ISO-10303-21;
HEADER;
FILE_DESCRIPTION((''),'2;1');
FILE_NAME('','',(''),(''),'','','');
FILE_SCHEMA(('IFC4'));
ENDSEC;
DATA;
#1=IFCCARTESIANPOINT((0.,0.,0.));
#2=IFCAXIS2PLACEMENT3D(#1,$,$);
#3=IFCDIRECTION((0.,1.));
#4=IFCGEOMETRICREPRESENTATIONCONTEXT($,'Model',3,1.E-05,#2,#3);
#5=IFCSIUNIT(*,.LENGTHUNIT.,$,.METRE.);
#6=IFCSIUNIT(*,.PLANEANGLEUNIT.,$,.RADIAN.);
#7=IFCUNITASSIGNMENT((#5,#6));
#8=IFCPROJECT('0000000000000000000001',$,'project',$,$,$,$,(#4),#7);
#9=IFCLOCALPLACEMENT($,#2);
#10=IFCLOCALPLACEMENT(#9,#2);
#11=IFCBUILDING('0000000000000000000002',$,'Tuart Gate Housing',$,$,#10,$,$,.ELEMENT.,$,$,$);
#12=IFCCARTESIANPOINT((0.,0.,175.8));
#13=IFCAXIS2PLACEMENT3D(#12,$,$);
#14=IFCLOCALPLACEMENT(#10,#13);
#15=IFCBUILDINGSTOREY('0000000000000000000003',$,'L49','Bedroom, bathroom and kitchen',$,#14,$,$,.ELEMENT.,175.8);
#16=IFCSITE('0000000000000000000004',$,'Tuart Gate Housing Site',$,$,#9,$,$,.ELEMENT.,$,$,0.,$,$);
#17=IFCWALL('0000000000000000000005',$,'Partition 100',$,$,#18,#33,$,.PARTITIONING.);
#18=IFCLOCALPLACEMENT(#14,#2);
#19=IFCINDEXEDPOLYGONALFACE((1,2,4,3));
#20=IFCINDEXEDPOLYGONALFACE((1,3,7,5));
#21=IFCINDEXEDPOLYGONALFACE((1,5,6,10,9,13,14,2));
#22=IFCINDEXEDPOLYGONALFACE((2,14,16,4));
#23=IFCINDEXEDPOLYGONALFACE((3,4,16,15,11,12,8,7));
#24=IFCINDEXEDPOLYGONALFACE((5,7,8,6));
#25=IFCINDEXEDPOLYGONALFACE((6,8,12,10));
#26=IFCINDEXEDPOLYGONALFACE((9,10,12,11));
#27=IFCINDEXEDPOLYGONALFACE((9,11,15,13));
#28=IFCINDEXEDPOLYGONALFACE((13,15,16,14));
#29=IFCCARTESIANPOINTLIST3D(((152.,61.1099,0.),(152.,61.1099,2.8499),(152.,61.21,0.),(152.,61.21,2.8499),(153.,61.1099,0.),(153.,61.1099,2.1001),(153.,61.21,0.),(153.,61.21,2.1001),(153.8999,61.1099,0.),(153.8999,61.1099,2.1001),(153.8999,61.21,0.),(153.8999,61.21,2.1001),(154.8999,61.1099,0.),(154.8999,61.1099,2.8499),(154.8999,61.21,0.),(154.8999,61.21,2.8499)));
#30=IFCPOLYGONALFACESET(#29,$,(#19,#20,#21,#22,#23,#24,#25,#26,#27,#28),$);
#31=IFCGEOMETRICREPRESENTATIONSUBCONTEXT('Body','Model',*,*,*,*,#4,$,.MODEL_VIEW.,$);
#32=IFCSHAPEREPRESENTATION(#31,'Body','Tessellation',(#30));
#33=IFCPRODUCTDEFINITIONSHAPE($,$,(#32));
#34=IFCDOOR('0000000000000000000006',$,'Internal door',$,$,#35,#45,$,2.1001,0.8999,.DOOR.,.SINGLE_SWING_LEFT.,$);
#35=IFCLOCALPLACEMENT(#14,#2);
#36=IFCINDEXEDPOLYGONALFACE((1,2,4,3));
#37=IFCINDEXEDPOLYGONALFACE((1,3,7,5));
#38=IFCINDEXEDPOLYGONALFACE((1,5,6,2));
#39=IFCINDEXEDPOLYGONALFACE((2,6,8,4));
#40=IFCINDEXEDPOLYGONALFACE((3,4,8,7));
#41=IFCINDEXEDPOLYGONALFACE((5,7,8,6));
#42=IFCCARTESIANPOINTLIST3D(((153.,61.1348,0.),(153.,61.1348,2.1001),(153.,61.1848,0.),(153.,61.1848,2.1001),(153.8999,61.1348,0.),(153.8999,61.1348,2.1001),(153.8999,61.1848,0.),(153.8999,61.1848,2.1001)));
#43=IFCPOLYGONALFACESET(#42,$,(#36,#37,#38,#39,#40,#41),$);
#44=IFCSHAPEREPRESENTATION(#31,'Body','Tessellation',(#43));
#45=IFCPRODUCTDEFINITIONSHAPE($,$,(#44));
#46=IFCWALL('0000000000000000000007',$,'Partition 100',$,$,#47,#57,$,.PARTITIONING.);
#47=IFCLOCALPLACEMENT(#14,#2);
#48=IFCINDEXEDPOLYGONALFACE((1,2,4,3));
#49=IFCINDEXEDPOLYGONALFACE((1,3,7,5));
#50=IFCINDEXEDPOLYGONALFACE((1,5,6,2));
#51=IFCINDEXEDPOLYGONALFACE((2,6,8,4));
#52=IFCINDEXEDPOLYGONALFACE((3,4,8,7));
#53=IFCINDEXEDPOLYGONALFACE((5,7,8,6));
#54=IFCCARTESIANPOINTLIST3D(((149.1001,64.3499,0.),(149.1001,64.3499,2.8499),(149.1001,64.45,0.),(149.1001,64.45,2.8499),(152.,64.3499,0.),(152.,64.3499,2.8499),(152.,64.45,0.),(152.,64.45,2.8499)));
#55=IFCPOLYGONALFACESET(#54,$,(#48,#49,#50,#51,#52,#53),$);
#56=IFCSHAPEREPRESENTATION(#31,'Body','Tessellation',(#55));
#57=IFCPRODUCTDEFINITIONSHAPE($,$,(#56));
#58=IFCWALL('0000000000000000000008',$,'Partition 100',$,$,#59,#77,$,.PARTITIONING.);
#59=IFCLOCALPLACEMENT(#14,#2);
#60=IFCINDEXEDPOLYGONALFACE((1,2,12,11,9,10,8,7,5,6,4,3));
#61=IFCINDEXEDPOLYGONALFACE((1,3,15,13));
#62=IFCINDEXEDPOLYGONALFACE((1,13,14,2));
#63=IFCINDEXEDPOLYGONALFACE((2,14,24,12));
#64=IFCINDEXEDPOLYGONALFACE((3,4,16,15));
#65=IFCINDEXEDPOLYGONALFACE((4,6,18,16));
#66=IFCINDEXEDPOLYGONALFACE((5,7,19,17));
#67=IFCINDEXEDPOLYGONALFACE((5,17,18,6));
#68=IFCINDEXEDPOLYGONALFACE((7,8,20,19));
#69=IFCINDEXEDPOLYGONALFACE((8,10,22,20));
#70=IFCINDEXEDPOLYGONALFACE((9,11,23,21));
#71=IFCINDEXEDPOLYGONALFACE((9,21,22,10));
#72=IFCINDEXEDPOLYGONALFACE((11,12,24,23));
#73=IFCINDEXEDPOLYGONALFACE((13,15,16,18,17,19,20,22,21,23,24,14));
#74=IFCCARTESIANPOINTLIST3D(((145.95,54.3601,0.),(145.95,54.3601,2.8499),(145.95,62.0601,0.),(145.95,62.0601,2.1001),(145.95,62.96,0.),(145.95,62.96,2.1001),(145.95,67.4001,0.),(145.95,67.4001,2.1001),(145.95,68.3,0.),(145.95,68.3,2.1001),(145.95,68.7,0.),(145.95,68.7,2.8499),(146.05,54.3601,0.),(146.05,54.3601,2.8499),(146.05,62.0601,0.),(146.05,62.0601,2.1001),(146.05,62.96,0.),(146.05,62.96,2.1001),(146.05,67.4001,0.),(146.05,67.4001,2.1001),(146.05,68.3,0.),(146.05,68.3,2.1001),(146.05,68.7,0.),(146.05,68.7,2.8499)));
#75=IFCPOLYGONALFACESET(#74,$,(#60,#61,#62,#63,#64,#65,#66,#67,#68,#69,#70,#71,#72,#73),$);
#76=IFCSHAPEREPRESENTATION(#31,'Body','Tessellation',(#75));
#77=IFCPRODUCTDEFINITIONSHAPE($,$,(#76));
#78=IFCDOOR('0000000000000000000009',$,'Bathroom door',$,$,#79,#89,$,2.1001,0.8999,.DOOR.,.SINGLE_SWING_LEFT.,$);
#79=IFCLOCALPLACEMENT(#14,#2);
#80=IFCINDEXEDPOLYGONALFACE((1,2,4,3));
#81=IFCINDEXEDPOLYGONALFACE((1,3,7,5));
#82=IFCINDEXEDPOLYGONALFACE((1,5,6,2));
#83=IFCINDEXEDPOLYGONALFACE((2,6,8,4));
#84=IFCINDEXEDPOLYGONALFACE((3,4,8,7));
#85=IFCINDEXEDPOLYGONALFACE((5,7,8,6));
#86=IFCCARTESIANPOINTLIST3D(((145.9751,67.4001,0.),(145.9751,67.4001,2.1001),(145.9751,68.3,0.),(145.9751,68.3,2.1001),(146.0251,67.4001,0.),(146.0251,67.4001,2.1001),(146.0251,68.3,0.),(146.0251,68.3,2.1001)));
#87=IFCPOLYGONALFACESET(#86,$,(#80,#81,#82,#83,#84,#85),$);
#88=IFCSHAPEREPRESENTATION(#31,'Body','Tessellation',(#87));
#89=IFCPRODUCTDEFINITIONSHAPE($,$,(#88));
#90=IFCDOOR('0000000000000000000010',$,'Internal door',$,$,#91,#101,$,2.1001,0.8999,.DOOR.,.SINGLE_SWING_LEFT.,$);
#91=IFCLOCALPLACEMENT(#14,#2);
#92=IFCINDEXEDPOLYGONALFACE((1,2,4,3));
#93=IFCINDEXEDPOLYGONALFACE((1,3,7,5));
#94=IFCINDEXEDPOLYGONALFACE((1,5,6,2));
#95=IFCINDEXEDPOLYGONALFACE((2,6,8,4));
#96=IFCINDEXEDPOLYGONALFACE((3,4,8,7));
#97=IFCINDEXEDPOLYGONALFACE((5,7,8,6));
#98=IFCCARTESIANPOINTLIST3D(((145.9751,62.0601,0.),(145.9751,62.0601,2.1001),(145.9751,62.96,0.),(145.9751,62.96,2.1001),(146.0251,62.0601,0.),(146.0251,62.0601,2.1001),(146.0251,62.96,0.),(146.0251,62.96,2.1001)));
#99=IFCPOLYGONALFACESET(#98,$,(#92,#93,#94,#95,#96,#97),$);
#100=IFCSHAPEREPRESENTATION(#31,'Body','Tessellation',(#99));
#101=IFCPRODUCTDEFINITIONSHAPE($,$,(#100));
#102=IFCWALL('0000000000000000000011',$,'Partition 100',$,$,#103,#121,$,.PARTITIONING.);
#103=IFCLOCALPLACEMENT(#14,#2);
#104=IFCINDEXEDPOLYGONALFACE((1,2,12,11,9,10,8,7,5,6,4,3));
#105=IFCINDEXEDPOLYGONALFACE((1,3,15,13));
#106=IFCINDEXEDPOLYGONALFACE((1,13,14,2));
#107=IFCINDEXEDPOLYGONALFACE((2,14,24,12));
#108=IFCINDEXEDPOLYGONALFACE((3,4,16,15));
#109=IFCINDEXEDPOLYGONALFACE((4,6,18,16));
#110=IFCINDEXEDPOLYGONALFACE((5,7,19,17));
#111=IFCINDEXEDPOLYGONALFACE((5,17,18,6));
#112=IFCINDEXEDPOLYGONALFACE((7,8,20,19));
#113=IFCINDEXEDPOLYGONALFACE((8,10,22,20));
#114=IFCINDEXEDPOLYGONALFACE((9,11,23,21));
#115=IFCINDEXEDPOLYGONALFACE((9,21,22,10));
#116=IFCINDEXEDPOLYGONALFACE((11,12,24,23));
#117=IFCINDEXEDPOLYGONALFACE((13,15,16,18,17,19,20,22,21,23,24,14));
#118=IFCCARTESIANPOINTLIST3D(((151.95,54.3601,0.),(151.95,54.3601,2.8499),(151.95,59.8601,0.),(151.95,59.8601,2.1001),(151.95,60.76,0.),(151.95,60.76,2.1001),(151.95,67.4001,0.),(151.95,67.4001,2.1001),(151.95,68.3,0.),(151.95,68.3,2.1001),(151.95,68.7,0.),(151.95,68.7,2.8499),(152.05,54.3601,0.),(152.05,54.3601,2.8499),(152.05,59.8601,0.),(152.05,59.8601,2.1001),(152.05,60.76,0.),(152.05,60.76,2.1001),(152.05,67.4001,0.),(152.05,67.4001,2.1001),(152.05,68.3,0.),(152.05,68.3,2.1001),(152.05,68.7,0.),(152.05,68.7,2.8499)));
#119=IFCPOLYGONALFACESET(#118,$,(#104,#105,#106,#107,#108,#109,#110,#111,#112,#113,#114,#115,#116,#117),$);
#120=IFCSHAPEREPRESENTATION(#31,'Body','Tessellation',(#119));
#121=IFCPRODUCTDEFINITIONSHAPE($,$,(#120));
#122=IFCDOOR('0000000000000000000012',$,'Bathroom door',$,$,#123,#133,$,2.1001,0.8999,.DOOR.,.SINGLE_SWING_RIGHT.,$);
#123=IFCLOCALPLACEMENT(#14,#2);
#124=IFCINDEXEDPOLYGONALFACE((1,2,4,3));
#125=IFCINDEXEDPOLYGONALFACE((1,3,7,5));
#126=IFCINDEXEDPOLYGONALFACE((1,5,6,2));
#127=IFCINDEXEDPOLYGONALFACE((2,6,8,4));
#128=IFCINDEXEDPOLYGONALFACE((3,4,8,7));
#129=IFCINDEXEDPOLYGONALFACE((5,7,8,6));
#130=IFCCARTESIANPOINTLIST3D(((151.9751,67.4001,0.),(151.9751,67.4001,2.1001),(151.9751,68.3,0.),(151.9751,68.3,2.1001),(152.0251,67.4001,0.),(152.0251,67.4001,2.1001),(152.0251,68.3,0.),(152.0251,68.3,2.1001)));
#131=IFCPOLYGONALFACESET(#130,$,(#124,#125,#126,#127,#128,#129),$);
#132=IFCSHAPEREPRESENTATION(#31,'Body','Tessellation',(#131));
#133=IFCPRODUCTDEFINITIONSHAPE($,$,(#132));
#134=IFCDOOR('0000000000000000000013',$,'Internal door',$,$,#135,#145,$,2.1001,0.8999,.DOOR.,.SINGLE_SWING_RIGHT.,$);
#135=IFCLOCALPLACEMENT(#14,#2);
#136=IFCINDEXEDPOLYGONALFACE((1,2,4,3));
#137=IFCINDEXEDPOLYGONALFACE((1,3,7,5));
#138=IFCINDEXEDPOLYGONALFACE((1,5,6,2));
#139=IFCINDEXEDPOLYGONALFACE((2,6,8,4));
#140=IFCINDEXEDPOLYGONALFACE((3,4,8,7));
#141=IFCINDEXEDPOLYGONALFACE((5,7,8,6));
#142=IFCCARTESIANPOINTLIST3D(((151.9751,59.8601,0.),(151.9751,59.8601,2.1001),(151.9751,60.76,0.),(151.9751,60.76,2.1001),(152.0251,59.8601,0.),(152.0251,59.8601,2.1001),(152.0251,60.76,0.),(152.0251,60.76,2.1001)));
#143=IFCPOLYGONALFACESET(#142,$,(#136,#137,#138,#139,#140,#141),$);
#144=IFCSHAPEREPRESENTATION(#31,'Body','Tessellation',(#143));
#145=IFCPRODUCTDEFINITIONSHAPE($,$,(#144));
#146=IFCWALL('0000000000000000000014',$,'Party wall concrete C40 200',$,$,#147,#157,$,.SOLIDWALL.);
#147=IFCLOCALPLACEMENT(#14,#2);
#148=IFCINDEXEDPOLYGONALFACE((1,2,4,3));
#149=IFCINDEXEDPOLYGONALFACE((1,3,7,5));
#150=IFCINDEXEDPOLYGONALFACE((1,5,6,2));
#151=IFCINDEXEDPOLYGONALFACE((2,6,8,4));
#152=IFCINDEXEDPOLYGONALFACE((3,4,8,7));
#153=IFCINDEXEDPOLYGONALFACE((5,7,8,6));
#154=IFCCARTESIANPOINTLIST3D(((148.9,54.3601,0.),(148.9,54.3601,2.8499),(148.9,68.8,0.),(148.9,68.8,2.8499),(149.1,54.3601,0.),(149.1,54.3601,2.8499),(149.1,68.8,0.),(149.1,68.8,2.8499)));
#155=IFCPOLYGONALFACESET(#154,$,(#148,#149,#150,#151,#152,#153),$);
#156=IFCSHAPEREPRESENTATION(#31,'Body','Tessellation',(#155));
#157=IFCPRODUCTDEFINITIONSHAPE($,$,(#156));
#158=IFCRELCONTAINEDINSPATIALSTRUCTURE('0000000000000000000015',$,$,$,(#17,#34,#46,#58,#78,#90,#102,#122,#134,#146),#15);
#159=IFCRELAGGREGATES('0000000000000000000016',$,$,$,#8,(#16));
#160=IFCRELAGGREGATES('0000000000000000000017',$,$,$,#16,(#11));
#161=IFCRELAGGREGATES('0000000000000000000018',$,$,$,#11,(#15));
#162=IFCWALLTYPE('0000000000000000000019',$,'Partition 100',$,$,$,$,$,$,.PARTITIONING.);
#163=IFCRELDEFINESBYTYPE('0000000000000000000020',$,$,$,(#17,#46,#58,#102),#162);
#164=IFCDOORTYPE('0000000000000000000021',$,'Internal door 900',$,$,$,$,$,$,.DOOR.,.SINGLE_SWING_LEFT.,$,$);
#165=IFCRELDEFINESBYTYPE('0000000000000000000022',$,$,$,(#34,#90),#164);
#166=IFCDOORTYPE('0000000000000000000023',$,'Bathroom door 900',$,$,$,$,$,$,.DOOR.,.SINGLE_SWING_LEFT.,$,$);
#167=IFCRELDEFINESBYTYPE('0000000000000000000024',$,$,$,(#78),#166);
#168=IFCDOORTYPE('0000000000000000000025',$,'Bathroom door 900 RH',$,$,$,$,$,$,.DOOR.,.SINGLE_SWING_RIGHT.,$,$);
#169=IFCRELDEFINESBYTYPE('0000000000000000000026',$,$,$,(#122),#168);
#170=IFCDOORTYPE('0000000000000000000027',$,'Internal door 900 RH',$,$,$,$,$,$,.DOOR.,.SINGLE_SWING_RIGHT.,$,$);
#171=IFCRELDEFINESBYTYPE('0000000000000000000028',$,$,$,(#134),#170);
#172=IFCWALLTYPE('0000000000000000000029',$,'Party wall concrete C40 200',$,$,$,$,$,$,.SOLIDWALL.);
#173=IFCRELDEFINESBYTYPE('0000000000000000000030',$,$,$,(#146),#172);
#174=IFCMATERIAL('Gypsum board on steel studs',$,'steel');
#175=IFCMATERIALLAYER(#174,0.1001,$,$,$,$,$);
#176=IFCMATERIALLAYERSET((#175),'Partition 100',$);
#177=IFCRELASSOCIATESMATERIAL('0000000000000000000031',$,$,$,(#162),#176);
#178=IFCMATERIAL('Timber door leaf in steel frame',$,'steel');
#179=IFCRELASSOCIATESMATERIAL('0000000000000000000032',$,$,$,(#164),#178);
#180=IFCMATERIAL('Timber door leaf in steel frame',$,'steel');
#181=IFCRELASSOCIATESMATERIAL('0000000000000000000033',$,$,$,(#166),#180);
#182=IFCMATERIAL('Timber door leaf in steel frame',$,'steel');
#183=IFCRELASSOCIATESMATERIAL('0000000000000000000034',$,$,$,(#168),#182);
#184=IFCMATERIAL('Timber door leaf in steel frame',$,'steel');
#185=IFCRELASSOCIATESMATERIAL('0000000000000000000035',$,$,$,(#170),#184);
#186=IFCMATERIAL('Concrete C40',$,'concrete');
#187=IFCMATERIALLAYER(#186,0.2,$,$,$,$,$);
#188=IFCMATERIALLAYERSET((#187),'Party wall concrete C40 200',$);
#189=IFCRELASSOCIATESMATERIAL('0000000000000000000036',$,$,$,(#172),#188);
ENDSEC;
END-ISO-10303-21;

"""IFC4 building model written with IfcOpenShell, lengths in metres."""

from ifc_helpers import new_model, si_unit, direction, frame, frame_2d, origin, place, context, subcontext, project, spatial, rectangle, extrude, material, layer, layer_set, type_object, element, fill, save


model = new_model("IFC4")

# Units and contexts
model_context = context("Model", 3, precision=1e-05, world=origin(), true_north=direction((0.0, 1.0)))
body_context = subcontext(model_context, "Body", "Model", "MODEL_VIEW")
ifc_project = project(units=[si_unit("LENGTHUNIT", "METRE"), si_unit("PLANEANGLEUNIT", "RADIAN")], contexts=[model_context])

# Site, building, storey
site_placement = place(None, origin())
site = spatial("IfcSite", under=ifc_project, at=site_placement, Name="Tuart Gate Housing Site", CompositionType="ELEMENT", RefElevation=0.0)
building_placement = place(site_placement, origin())
building = spatial("IfcBuilding", under=site, at=building_placement, Name="Tuart Gate Housing", CompositionType="ELEMENT")
storey_placement = place(building_placement, frame((0.0, 0.0, 175.8)))
storey = spatial("IfcBuildingStorey", under=building, at=storey_placement, Name="L49", Description="Bedroom, bathroom and kitchen", CompositionType="ELEMENT", Elevation=175.8)

# Shared definitions
ifc_material_1 = material(Name="Gypsum board on steel studs", Category="steel")
ifc_layer_1 = layer(ifc_material_1, 0.1001)
ifc_layer_set_1 = layer_set([ifc_layer_1], Name="Partition 100")
wall_type_1 = type_object("IfcWallType", Name="Partition 100", PredefinedType="PARTITIONING", material=ifc_layer_set_1)

# Wall, opening, door
wall_1_placement = place(storey_placement, frame((152.0, 61.1599, 0.0), z_axis=(0.0, 0.0, 1.0), x_axis=(1.0, 0.0, 0.0)))
wall_1 = element("IfcWall", 1, at=wall_1_placement, inside=storey, type_object=wall_type_1, Name="Partition 100", PredefinedType="PARTITIONING", context=body_context, shape_type="SweptSolid", body=[
    extrude(rectangle(XDim=2.8999, YDim=0.1001, at=frame_2d((1.45, 0.0))), origin(), (0.0, 0.0, 1.0), 2.8499),
])
opening_1_placement = place(wall_1_placement, frame((1.0, 0.0, 0.0)))
opening_1 = element("IfcOpeningElement", 2, at=opening_1_placement, cuts=wall_1, PredefinedType="OPENING", context=body_context, shape_type="SweptSolid", body=[
    extrude(rectangle(XDim=0.8999, YDim=2.1001, at=frame_2d((0.45, 1.05))), frame((0.0, 0.0601, 0.0), z_axis=(0.0, -1.0, 0.0), x_axis=(1.0, 0.0, 0.0)), (0.0, 0.0, 1.0), 0.1201),
])
ifc_material_2 = material(Name="Timber door leaf in steel frame", Category="steel")
door_type_1 = type_object("IfcDoorType", Name="Internal door 900", OperationType="SINGLE_SWING_LEFT", PredefinedType="DOOR", material=ifc_material_2)
door_1_placement = place(opening_1_placement, origin())
door_1 = element("IfcDoor", 3, at=door_1_placement, inside=storey, type_object=door_type_1, Name="Internal door", OperationType="SINGLE_SWING_LEFT", OverallHeight=2.1001, OverallWidth=0.8999, PredefinedType="DOOR", context=body_context, shape_type="SweptSolid", body=[
    extrude(rectangle(XDim=0.8999, YDim=2.1001, at=frame_2d((0.45, 1.05))), frame((0.0, 0.0249, 0.0), z_axis=(0.0, -1.0, 0.0), x_axis=(1.0, 0.0, 0.0)), (0.0, 0.0, 1.0), 0.05),
])
fill(opening_1, door_1)

# Wall
wall_2_placement = place(storey_placement, frame((149.1001, 64.3999, 0.0), z_axis=(0.0, 0.0, 1.0), x_axis=(1.0, 0.0, 0.0)))
element("IfcWall", 4, at=wall_2_placement, inside=storey, type_object=wall_type_1, Name="Partition 100", PredefinedType="PARTITIONING", context=body_context, shape_type="SweptSolid", body=[
    extrude(rectangle(XDim=2.8999, YDim=0.1001, at=frame_2d((1.45, 0.0))), origin(), (0.0, 0.0, 1.0), 2.8499),
])

# Walls, openings, doors
wall_3_placement = place(storey_placement, frame((146.0, 54.3601, 0.0), z_axis=(0.0, 0.0, 1.0), x_axis=(0.0, 1.0, 0.0)))
wall_3 = element("IfcWall", 5, at=wall_3_placement, inside=storey, type_object=wall_type_1, Name="Partition 100", PredefinedType="PARTITIONING", context=body_context, shape_type="SweptSolid", body=[
    extrude(rectangle(XDim=14.3398, YDim=0.1001, at=frame_2d((7.1699, 0.0))), origin(), (0.0, 0.0, 1.0), 2.8499),
])
opening_2_placement = place(wall_3_placement, frame((7.7, 0.0, 0.0)))
opening_2 = element("IfcOpeningElement", 6, at=opening_2_placement, cuts=wall_3, PredefinedType="OPENING", context=body_context, shape_type="SweptSolid", body=[
    extrude(rectangle(XDim=0.8999, YDim=2.1001, at=frame_2d((0.45, 1.05))), frame((0.0, 0.0601, 0.0), z_axis=(0.0, -1.0, 0.0), x_axis=(1.0, 0.0, 0.0)), (0.0, 0.0, 1.0), 0.1201),
])
opening_3_placement = place(wall_3_placement, frame((13.04, 0.0, 0.0)))
opening_3 = element("IfcOpeningElement", 7, at=opening_3_placement, cuts=wall_3, PredefinedType="OPENING", context=body_context, shape_type="SweptSolid", body=[
    extrude(rectangle(XDim=0.8999, YDim=2.1001, at=frame_2d((0.45, 1.05))), frame((0.0, 0.0601, 0.0), z_axis=(0.0, -1.0, 0.0), x_axis=(1.0, 0.0, 0.0)), (0.0, 0.0, 1.0), 0.1201),
])
ifc_material_3 = material(Name="Timber door leaf in steel frame", Category="steel")
door_type_2 = type_object("IfcDoorType", Name="Bathroom door 900", OperationType="SINGLE_SWING_LEFT", PredefinedType="DOOR", material=ifc_material_3)
door_2_placement = place(opening_3_placement, frame((0.8999, 0.0, 0.0), z_axis=(0.0, 0.0, 1.0), x_axis=(-1.0, 0.0, 0.0)))
door_2 = element("IfcDoor", 8, at=door_2_placement, inside=storey, type_object=door_type_2, Name="Bathroom door", OperationType="SINGLE_SWING_LEFT", OverallHeight=2.1001, OverallWidth=0.8999, PredefinedType="DOOR", context=body_context, shape_type="SweptSolid", body=[
    extrude(rectangle(XDim=0.8999, YDim=2.1001, at=frame_2d((0.45, 1.05))), frame((0.0, 0.0251, 0.0), z_axis=(0.0, -1.0, 0.0), x_axis=(1.0, 0.0, 0.0)), (0.0, 0.0, 1.0), 0.05),
])
fill(opening_3, door_2)
door_3_placement = place(opening_2_placement, frame((0.8999, 0.0, 0.0), z_axis=(0.0, 0.0, 1.0), x_axis=(-1.0, 0.0, 0.0)))
door_3 = element("IfcDoor", 9, at=door_3_placement, inside=storey, type_object=door_type_1, Name="Internal door", OperationType="SINGLE_SWING_LEFT", OverallHeight=2.1001, OverallWidth=0.8999, PredefinedType="DOOR", context=body_context, shape_type="SweptSolid", body=[
    extrude(rectangle(XDim=0.8999, YDim=2.1001, at=frame_2d((0.45, 1.05))), frame((0.0, 0.0251, 0.0), z_axis=(0.0, -1.0, 0.0), x_axis=(1.0, 0.0, 0.0)), (0.0, 0.0, 1.0), 0.05),
])
fill(opening_2, door_3)
wall_4_placement = place(storey_placement, frame((152.0, 54.3601, 0.0), z_axis=(0.0, 0.0, 1.0), x_axis=(0.0, 1.0, 0.0)))
wall_4 = element("IfcWall", 10, at=wall_4_placement, inside=storey, type_object=wall_type_1, Name="Partition 100", PredefinedType="PARTITIONING", context=body_context, shape_type="SweptSolid", body=[
    extrude(rectangle(XDim=14.3398, YDim=0.1001, at=frame_2d((7.1699, 0.0))), origin(), (0.0, 0.0, 1.0), 2.8499),
])
opening_4_placement = place(wall_4_placement, frame((5.5, 0.0, 0.0)))
opening_4 = element("IfcOpeningElement", 11, at=opening_4_placement, cuts=wall_4, PredefinedType="OPENING", context=body_context, shape_type="SweptSolid", body=[
    extrude(rectangle(XDim=0.8999, YDim=2.1001, at=frame_2d((0.45, 1.05))), frame((0.0, 0.0601, 0.0), z_axis=(0.0, -1.0, 0.0), x_axis=(1.0, 0.0, 0.0)), (0.0, 0.0, 1.0), 0.1201),
])
opening_5_placement = place(wall_4_placement, frame((13.04, 0.0, 0.0)))
opening_5 = element("IfcOpeningElement", 12, at=opening_5_placement, cuts=wall_4, PredefinedType="OPENING", context=body_context, shape_type="SweptSolid", body=[
    extrude(rectangle(XDim=0.8999, YDim=2.1001, at=frame_2d((0.45, 1.05))), frame((0.0, 0.0601, 0.0), z_axis=(0.0, -1.0, 0.0), x_axis=(1.0, 0.0, 0.0)), (0.0, 0.0, 1.0), 0.1201),
])
ifc_material_4 = material(Name="Timber door leaf in steel frame", Category="steel")
door_type_3 = type_object("IfcDoorType", Name="Bathroom door 900 RH", OperationType="SINGLE_SWING_RIGHT", PredefinedType="DOOR", material=ifc_material_4)
door_4_placement = place(opening_5_placement, origin())
door_4 = element("IfcDoor", 13, at=door_4_placement, inside=storey, type_object=door_type_3, Name="Bathroom door", OperationType="SINGLE_SWING_RIGHT", OverallHeight=2.1001, OverallWidth=0.8999, PredefinedType="DOOR", context=body_context, shape_type="SweptSolid", body=[
    extrude(rectangle(XDim=0.8999, YDim=2.1001, at=frame_2d((0.45, 1.05))), frame((0.0, 0.0249, 0.0), z_axis=(0.0, -1.0, 0.0), x_axis=(1.0, 0.0, 0.0)), (0.0, 0.0, 1.0), 0.05),
])
fill(opening_5, door_4)
ifc_material_5 = material(Name="Timber door leaf in steel frame", Category="steel")
door_type_4 = type_object("IfcDoorType", Name="Internal door 900 RH", OperationType="SINGLE_SWING_RIGHT", PredefinedType="DOOR", material=ifc_material_5)
door_5_placement = place(opening_4_placement, origin())
door_5 = element("IfcDoor", 14, at=door_5_placement, inside=storey, type_object=door_type_4, Name="Internal door", OperationType="SINGLE_SWING_RIGHT", OverallHeight=2.1001, OverallWidth=0.8999, PredefinedType="DOOR", context=body_context, shape_type="SweptSolid", body=[
    extrude(rectangle(XDim=0.8999, YDim=2.1001, at=frame_2d((0.45, 1.05))), frame((0.0, 0.0249, 0.0), z_axis=(0.0, -1.0, 0.0), x_axis=(1.0, 0.0, 0.0)), (0.0, 0.0, 1.0), 0.05),
])
fill(opening_4, door_5)

# Wall
ifc_material_6 = material(Name="Concrete C40", Category="concrete")
ifc_layer_2 = layer(ifc_material_6, 0.2)
ifc_layer_set_2 = layer_set([ifc_layer_2], Name="Party wall concrete C40 200")
wall_type_2 = type_object("IfcWallType", Name="Party wall concrete C40 200", PredefinedType="SOLIDWALL", material=ifc_layer_set_2)
wall_5_placement = place(storey_placement, frame((149.0, 54.3601, 0.0), z_axis=(0.0, 0.0, 1.0), x_axis=(0.0, 1.0, 0.0)))
element("IfcWall", 15, at=wall_5_placement, inside=storey, type_object=wall_type_2, Name="Party wall concrete C40 200", PredefinedType="SOLIDWALL", context=body_context, shape_type="SweptSolid", body=[
    extrude(rectangle(XDim=14.4399, YDim=0.2, at=frame_2d((7.22, 0.0))), origin(), (0.0, 0.0, 1.0), 2.8499),
])

save(model, "model.ifc")
